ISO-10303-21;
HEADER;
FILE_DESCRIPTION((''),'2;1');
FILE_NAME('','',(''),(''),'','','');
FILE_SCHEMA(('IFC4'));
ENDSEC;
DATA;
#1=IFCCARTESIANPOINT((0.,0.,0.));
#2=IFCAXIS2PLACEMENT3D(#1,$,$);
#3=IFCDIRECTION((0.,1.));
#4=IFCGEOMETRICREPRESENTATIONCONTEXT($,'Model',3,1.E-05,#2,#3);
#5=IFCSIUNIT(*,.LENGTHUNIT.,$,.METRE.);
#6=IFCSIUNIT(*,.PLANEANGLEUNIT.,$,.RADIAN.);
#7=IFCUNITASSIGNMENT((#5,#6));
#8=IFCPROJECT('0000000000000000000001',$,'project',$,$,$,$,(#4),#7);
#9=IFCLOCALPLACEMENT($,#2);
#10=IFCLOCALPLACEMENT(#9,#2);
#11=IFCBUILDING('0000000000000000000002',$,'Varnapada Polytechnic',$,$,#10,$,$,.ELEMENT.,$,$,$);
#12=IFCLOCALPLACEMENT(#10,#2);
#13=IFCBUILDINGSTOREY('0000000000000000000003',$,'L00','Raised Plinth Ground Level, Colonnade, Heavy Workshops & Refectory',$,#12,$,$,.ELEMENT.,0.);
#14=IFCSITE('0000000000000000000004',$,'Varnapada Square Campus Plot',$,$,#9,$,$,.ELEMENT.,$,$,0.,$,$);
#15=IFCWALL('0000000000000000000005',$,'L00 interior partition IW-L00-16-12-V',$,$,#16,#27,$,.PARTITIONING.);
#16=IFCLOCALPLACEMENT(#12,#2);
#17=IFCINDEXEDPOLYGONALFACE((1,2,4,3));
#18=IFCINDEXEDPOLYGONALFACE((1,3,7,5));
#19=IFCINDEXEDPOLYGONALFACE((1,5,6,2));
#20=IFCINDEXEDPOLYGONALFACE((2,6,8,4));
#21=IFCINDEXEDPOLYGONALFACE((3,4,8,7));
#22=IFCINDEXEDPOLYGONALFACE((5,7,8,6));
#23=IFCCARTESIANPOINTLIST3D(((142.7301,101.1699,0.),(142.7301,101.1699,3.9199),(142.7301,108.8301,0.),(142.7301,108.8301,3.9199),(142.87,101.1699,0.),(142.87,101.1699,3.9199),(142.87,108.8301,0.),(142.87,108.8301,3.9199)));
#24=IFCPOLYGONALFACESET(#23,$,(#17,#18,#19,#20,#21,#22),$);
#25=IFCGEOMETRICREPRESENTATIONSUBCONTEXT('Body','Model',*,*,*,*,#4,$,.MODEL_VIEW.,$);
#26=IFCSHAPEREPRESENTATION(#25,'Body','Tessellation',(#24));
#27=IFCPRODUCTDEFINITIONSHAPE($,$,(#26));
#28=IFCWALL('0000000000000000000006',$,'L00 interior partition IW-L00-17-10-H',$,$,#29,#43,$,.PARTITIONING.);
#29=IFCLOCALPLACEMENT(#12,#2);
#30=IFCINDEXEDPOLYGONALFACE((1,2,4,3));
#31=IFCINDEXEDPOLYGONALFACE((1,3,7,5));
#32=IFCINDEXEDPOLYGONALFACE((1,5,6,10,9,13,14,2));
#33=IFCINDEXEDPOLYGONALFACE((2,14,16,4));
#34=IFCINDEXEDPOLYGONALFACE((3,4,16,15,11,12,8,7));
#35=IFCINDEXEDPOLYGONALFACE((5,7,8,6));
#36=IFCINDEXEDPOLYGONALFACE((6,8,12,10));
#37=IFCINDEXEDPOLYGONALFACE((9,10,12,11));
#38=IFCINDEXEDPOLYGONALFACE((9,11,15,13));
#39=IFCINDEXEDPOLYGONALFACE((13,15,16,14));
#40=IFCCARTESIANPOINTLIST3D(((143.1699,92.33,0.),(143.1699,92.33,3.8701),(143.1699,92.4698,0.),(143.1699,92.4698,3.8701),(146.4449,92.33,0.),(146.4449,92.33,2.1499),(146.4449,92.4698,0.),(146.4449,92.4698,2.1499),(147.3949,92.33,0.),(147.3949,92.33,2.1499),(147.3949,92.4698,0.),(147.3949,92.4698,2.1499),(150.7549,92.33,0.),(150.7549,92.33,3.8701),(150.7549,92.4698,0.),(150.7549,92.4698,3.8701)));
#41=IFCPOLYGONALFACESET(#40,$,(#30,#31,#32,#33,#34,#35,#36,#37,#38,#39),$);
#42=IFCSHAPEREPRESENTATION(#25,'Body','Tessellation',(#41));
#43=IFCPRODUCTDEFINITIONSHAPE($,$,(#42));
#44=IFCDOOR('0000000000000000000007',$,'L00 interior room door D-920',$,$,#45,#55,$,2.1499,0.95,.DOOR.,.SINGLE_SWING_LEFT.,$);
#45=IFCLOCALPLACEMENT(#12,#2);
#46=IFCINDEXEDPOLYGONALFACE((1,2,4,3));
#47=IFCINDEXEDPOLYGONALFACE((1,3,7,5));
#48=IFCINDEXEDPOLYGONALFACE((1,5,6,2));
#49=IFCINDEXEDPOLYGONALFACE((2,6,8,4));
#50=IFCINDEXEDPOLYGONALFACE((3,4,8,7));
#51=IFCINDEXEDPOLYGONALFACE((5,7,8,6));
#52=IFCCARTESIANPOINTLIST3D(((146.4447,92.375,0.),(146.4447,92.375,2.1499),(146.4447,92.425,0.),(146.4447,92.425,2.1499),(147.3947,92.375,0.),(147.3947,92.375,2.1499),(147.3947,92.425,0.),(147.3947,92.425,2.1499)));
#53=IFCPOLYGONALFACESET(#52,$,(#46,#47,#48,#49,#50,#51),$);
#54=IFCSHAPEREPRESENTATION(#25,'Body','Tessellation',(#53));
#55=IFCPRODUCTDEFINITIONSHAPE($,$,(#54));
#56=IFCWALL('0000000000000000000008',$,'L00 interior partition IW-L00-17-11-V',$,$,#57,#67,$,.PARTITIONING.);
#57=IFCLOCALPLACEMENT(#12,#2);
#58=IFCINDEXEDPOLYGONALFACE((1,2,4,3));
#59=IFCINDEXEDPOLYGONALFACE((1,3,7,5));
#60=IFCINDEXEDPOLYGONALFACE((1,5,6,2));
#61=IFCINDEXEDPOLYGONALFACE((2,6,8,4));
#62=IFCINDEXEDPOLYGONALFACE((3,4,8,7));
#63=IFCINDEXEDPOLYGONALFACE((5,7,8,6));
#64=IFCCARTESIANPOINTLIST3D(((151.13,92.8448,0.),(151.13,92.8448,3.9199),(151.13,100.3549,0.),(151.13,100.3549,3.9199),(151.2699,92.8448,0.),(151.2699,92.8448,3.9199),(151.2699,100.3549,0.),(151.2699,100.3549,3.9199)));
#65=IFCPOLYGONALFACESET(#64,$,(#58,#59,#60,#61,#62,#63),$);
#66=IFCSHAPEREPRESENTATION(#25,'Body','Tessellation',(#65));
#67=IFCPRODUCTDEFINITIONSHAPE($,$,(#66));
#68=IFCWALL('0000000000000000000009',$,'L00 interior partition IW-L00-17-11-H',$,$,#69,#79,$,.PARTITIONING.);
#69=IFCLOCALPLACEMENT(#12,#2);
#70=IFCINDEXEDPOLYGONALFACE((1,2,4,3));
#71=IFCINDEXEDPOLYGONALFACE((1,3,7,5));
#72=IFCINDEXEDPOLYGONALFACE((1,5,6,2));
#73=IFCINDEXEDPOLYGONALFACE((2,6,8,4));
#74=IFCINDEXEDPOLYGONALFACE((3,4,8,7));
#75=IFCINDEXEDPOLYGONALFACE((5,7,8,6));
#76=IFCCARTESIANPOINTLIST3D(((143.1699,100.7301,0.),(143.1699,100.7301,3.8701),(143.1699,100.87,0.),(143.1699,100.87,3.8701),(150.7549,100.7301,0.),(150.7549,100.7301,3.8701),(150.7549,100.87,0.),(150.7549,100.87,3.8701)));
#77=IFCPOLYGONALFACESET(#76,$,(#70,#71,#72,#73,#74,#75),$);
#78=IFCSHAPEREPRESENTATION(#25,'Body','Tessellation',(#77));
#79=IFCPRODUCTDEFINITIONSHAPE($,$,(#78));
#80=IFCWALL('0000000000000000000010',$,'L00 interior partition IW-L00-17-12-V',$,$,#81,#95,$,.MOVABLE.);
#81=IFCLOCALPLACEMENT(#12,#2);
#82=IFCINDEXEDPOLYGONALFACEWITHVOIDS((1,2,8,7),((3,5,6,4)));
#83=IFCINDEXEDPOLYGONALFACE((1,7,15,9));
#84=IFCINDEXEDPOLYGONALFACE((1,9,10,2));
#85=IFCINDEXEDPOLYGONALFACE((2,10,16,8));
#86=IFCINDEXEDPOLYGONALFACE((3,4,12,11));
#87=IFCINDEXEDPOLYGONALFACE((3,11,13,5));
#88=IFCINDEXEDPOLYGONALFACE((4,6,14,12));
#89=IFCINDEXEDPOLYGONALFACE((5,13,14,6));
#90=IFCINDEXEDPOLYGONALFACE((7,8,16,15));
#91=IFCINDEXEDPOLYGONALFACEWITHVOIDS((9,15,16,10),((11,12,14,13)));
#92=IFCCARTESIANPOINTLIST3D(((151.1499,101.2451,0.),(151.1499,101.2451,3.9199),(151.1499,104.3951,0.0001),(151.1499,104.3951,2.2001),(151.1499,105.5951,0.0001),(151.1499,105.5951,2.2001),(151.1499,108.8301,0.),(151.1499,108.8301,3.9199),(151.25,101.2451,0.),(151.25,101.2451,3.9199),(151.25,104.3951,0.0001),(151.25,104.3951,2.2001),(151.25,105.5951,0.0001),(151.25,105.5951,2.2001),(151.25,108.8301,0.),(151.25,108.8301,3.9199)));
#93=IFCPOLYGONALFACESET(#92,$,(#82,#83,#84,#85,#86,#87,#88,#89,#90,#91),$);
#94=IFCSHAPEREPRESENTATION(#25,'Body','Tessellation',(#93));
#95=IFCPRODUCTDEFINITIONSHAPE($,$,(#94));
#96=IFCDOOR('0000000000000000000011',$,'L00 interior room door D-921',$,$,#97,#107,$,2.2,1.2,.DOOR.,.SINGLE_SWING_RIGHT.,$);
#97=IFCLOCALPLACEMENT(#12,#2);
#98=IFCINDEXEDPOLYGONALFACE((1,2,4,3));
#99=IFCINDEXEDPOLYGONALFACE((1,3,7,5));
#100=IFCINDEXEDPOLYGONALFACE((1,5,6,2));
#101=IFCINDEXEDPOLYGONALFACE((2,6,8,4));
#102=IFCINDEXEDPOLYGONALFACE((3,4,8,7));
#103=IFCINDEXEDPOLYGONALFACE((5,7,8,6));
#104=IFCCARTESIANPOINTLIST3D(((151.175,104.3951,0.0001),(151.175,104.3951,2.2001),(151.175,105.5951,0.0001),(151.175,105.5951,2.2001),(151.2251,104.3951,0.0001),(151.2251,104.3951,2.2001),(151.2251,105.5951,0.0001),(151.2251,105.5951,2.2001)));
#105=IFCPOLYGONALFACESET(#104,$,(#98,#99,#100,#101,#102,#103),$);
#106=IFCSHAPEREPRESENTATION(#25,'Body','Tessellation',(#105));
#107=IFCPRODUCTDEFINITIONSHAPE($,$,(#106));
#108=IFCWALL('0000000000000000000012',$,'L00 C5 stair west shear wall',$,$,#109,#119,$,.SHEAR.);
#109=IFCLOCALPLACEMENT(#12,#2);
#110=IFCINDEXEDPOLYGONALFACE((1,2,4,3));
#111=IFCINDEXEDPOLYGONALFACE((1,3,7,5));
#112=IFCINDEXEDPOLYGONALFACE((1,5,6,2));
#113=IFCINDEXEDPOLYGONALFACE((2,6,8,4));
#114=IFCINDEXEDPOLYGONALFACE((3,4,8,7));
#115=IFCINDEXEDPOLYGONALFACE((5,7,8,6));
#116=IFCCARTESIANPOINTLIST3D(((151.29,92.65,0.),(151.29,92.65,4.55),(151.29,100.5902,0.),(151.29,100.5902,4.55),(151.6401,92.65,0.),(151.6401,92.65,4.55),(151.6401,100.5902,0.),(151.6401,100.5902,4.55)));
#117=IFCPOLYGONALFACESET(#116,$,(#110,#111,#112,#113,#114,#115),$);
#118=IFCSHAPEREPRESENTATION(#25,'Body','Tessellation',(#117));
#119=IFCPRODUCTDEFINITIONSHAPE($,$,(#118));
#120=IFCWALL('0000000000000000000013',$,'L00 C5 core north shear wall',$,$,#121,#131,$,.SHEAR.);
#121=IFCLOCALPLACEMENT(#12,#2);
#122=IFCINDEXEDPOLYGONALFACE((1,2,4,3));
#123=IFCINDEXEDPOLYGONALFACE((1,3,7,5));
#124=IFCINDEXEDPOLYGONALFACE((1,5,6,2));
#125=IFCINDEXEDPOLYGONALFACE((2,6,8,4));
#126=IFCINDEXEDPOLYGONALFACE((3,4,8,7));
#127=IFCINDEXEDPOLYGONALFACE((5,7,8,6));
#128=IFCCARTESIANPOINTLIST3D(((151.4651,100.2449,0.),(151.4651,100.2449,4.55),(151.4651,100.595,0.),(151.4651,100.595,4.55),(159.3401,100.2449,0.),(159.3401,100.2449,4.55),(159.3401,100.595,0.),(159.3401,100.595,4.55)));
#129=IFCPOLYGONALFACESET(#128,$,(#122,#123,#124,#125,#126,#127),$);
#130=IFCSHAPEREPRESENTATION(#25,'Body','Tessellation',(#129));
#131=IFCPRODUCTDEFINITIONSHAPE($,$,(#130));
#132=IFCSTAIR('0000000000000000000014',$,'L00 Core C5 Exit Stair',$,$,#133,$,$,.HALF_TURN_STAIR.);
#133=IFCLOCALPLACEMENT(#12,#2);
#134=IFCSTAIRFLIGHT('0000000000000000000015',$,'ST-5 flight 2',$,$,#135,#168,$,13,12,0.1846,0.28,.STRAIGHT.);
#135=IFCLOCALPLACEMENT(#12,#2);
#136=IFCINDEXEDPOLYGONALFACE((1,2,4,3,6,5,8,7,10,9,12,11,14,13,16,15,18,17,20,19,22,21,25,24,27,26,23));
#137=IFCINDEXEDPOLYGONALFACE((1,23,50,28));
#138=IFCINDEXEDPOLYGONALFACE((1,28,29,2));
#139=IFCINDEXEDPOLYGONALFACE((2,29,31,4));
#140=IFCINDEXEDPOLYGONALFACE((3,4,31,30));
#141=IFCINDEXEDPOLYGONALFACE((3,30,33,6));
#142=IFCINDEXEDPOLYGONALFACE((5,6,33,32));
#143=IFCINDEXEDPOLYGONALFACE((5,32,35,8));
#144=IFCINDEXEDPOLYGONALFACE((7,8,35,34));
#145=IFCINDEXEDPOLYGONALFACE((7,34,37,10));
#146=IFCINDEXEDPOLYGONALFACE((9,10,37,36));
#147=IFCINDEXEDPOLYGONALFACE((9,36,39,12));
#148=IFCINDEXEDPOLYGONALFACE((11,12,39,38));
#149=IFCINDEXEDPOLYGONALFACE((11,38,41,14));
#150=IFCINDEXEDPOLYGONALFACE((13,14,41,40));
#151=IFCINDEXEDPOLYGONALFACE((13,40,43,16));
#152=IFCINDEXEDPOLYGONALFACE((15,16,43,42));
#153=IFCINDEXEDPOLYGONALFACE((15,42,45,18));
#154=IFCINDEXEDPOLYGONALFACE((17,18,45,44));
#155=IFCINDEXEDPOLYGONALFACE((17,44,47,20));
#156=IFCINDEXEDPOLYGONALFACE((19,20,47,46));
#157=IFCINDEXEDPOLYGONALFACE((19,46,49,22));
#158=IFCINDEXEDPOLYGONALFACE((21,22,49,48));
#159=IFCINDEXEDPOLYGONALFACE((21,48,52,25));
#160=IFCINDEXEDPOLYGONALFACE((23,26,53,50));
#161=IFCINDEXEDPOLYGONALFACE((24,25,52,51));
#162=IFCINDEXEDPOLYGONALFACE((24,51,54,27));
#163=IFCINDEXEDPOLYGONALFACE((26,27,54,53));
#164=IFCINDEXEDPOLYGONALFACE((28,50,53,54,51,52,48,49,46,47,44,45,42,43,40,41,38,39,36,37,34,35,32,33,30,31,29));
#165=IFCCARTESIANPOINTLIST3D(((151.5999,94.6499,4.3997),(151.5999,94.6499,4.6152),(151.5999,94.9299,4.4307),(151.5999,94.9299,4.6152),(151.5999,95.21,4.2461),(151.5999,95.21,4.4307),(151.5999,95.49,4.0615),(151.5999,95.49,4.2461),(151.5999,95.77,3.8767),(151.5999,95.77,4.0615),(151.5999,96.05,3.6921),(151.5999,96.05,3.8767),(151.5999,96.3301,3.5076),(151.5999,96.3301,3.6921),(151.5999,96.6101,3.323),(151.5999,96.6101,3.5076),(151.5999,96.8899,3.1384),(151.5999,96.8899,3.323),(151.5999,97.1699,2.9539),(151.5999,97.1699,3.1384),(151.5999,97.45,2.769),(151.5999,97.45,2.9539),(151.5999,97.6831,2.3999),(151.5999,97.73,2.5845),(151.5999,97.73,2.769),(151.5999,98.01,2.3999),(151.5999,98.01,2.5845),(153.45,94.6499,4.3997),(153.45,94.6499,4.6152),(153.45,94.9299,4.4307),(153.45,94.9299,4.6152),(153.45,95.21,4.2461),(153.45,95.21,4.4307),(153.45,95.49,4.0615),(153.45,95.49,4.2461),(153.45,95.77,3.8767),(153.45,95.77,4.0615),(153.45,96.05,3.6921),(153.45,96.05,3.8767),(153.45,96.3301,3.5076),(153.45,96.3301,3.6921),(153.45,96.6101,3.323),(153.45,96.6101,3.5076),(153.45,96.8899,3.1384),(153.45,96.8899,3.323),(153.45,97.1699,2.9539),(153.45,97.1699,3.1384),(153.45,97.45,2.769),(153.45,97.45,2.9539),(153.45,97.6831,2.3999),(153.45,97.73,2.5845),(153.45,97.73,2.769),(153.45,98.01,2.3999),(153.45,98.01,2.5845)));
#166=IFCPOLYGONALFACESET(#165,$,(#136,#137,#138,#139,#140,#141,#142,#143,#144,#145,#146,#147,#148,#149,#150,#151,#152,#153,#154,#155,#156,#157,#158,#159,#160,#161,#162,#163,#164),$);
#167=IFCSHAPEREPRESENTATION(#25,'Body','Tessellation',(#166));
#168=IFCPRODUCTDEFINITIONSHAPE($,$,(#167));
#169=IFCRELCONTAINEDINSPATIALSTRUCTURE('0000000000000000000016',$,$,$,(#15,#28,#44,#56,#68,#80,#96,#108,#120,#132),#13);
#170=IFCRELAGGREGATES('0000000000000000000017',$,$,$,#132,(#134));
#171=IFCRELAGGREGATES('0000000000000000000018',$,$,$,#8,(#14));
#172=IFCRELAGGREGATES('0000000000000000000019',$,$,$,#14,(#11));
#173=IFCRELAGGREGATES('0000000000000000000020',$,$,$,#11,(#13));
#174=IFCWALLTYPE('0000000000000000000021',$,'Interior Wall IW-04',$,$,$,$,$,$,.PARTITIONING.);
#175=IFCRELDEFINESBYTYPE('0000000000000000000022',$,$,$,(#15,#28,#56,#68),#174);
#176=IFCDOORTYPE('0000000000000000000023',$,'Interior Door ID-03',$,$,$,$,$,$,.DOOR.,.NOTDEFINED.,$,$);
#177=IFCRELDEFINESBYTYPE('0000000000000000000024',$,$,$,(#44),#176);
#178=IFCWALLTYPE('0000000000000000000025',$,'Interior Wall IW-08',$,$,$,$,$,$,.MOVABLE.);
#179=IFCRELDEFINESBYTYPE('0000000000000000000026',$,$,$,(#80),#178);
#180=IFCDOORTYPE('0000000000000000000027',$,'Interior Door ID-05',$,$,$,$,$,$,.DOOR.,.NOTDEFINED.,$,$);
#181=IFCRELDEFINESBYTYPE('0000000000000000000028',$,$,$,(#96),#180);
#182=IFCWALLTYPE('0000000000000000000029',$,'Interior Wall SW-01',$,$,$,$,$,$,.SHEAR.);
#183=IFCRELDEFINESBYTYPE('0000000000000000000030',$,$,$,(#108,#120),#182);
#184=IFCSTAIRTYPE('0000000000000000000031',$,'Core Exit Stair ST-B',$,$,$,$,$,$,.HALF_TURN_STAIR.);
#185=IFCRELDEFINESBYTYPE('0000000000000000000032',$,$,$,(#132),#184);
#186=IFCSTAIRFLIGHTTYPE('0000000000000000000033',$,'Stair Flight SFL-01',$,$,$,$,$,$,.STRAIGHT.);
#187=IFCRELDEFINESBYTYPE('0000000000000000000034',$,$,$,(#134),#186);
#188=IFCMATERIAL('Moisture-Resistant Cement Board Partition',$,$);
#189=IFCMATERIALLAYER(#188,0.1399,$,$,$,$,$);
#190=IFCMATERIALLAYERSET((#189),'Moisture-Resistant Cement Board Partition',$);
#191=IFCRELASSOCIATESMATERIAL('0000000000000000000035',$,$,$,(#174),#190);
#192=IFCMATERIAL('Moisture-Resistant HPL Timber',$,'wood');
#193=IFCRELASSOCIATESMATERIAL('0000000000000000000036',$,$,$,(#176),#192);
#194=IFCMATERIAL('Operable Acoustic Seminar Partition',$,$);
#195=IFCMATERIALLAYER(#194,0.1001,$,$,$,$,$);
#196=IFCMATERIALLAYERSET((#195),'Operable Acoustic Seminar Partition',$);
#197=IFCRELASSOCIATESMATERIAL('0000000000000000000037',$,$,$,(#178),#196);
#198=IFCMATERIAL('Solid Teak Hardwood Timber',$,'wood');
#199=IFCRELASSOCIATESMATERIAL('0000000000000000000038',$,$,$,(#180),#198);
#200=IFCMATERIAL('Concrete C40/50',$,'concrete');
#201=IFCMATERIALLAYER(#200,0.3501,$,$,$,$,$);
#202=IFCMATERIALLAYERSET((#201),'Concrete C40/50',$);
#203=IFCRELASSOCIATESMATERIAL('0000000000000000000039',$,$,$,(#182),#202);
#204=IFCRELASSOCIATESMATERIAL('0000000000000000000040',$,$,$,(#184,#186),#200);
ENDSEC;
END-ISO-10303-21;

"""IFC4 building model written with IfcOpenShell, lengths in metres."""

from ifc_helpers import new_model, si_unit, direction, frame, frame_2d, origin, place, context, subcontext, project, spatial, polyline, rectangle, outline, extrude, material, layer, layer_set, type_object, element, fill, aggregate, save


model = new_model("IFC4")

# Units and contexts
model_context = context("Model", 3, precision=1e-05, world=origin(), true_north=direction((0.0, 1.0)))
body_context = subcontext(model_context, "Body", "Model", "MODEL_VIEW")
ifc_project = project(units=[si_unit("LENGTHUNIT", "METRE"), si_unit("PLANEANGLEUNIT", "RADIAN")], contexts=[model_context])

# Site, building, storey
site_placement = place(None, origin())
site = spatial("IfcSite", under=ifc_project, at=site_placement, Name="Varnapada Square Campus Plot", CompositionType="ELEMENT", RefElevation=0.0)
building_placement = place(site_placement, origin())
building = spatial("IfcBuilding", under=site, at=building_placement, Name="Varnapada Polytechnic", CompositionType="ELEMENT")
storey_placement = place(building_placement, origin())
storey = spatial("IfcBuildingStorey", under=building, at=storey_placement, Name="L00", Description="Raised Plinth Ground Level, Colonnade, Heavy Workshops & Refectory", CompositionType="ELEMENT", Elevation=0.0)

# Shared definitions
ifc_material_1 = material(Name="Concrete C40/50", Category="concrete")

# Wall
ifc_material_2 = material(Name="Moisture-Resistant Cement Board Partition")
ifc_layer_1 = layer(ifc_material_2, 0.1399)
ifc_layer_set_1 = layer_set([ifc_layer_1], Name="Moisture-Resistant Cement Board Partition")
wall_type_1 = type_object("IfcWallType", Name="Interior Wall IW-04", PredefinedType="PARTITIONING", material=ifc_layer_set_1)
wall_1_placement = place(storey_placement, frame((142.8, 101.1699, 0.0), z_axis=(0.0, 0.0, 1.0), x_axis=(0.0, 1.0, 0.0)))
element("IfcWall", 1, at=wall_1_placement, inside=storey, type_object=wall_type_1, Name="L00 interior partition IW-L00-16-12-V", PredefinedType="PARTITIONING", context=body_context, shape_type="SweptSolid", body=[
    extrude(rectangle(XDim=7.6602, YDim=0.1399, at=frame_2d((3.8301, 0.0))), origin(), (0.0, 0.0, 1.0), 3.9199),
])

# Wall, opening, door
wall_2_placement = place(storey_placement, frame((143.1699, 92.3999, 0.0), z_axis=(0.0, 0.0, 1.0), x_axis=(1.0, 0.0, 0.0)))
wall_2 = element("IfcWall", 2, at=wall_2_placement, inside=storey, type_object=wall_type_1, Name="L00 interior partition IW-L00-17-10-H", PredefinedType="PARTITIONING", context=body_context, shape_type="SweptSolid", body=[
    extrude(rectangle(XDim=7.585, YDim=0.1399, at=frame_2d((3.7925, 0.0))), origin(), (0.0, 0.0, 1.0), 3.8701),
])
opening_1_placement = place(wall_2_placement, frame((3.2749, 0.0, 0.0)))
opening_1 = element("IfcOpeningElement", 3, at=opening_1_placement, cuts=wall_2, PredefinedType="OPENING", context=body_context, shape_type="SweptSolid", body=[
    extrude(rectangle(XDim=0.95, YDim=2.1499, at=frame_2d((0.4751, 1.075))), frame((0.0, 0.0798, 0.0), z_axis=(0.0, -1.0, 0.0), x_axis=(1.0, 0.0, 0.0)), (0.0, 0.0, 1.0), 0.1599),
])
ifc_material_3 = material(Name="Moisture-Resistant HPL Timber", Category="wood")
door_type_1 = type_object("IfcDoorType", Name="Interior Door ID-03", OperationType="NOTDEFINED", PredefinedType="DOOR", material=ifc_material_3)
door_1_placement = place(opening_1_placement, frame((0.95, 0.0, 0.0), z_axis=(0.0, 0.0, 1.0), x_axis=(-1.0, 0.0, 0.0)))
door_1 = element("IfcDoor", 4, at=door_1_placement, inside=storey, type_object=door_type_1, Name="L00 interior room door D-920", OperationType="SINGLE_SWING_LEFT", OverallHeight=2.1499, OverallWidth=0.95, PredefinedType="DOOR", context=body_context, shape_type="SweptSolid", body=[
    extrude(rectangle(XDim=0.95, YDim=2.1499, at=frame_2d((0.4751, 1.075))), frame((0.0, 0.0249, 0.0), z_axis=(0.0, -1.0, 0.0), x_axis=(1.0, 0.0, 0.0)), (0.0, 0.0, 1.0), 0.05),
])
fill(opening_1, door_1)

# Walls
wall_3_placement = place(storey_placement, frame((151.2, 92.845, 0.0), z_axis=(0.0, 0.0, 1.0), x_axis=(0.0, 1.0, 0.0)))
element("IfcWall", 5, at=wall_3_placement, inside=storey, type_object=wall_type_1, Name="L00 interior partition IW-L00-17-11-V", PredefinedType="PARTITIONING", context=body_context, shape_type="SweptSolid", body=[
    extrude(rectangle(XDim=7.51, YDim=0.1399, at=frame_2d((3.7549, 0.0))), origin(), (0.0, 0.0, 1.0), 3.9199),
])
wall_4_placement = place(storey_placement, frame((143.1699, 100.8, 0.0), z_axis=(0.0, 0.0, 1.0), x_axis=(1.0, 0.0, 0.0)))
element("IfcWall", 6, at=wall_4_placement, inside=storey, type_object=wall_type_1, Name="L00 interior partition IW-L00-17-11-H", PredefinedType="PARTITIONING", context=body_context, shape_type="SweptSolid", body=[
    extrude(rectangle(XDim=7.585, YDim=0.1399, at=frame_2d((3.7925, 0.0))), origin(), (0.0, 0.0, 1.0), 3.8701),
])

# Wall, opening, door
ifc_material_4 = material(Name="Operable Acoustic Seminar Partition")
ifc_layer_2 = layer(ifc_material_4, 0.1001)
ifc_layer_set_2 = layer_set([ifc_layer_2], Name="Operable Acoustic Seminar Partition")
wall_type_2 = type_object("IfcWallType", Name="Interior Wall IW-08", PredefinedType="MOVABLE", material=ifc_layer_set_2)
wall_5_placement = place(storey_placement, frame((151.2, 101.2451, 0.0), z_axis=(0.0, 0.0, 1.0), x_axis=(0.0, 1.0, 0.0)))
wall_5 = element("IfcWall", 7, at=wall_5_placement, inside=storey, type_object=wall_type_2, Name="L00 interior partition IW-L00-17-12-V", PredefinedType="MOVABLE", context=body_context, shape_type="SweptSolid", body=[
    extrude(rectangle(XDim=7.585, YDim=0.1001, at=frame_2d((3.7925, 0.0))), origin(), (0.0, 0.0, 1.0), 3.9199),
])
opening_2_placement = place(wall_5_placement, frame((3.1499, 0.0, 0.0)))
opening_2 = element("IfcOpeningElement", 8, at=opening_2_placement, cuts=wall_5, PredefinedType="OPENING", context=body_context, shape_type="SweptSolid", body=[
    extrude(rectangle(XDim=1.2, YDim=2.2, at=frame_2d((0.6001, 1.1001))), frame((0.0, 0.0601, 0.0), z_axis=(0.0, -1.0, 0.0), x_axis=(1.0, 0.0, 0.0)), (0.0, 0.0, 1.0), 0.1201),
])
ifc_material_5 = material(Name="Solid Teak Hardwood Timber", Category="wood")
door_type_2 = type_object("IfcDoorType", Name="Interior Door ID-05", OperationType="NOTDEFINED", PredefinedType="DOOR", material=ifc_material_5)
door_2_placement = place(opening_2_placement, origin())
door_2 = element("IfcDoor", 9, at=door_2_placement, inside=storey, type_object=door_type_2, Name="L00 interior room door D-921", OperationType="SINGLE_SWING_RIGHT", OverallHeight=2.2, OverallWidth=1.2, PredefinedType="DOOR", context=body_context, shape_type="SweptSolid", body=[
    extrude(rectangle(XDim=1.2, YDim=2.2, at=frame_2d((0.6001, 1.1001))), frame((0.0, 0.0249, 0.0), z_axis=(0.0, -1.0, 0.0), x_axis=(1.0, 0.0, 0.0)), (0.0, 0.0, 1.0), 0.05),
])
fill(opening_2, door_2)

# Walls
ifc_layer_3 = layer(ifc_material_1, 0.3501)
ifc_layer_set_3 = layer_set([ifc_layer_3], Name="Concrete C40/50")
wall_type_3 = type_object("IfcWallType", Name="Interior Wall SW-01", PredefinedType="SHEAR", material=ifc_layer_set_3)
wall_6_placement = place(storey_placement, frame((151.4651, 92.6499, 0.0), z_axis=(0.0, 0.0, 1.0), x_axis=(0.0, 1.0, 0.0)))
element("IfcWall", 10, at=wall_6_placement, inside=storey, type_object=wall_type_3, Name="L00 C5 stair west shear wall", PredefinedType="SHEAR", context=body_context, shape_type="SweptSolid", body=[
    extrude(rectangle(XDim=7.9402, YDim=0.3501, at=frame_2d((3.9702, 0.0))), origin(), (0.0, 0.0, 1.0), 4.55),
])
wall_7_placement = place(storey_placement, frame((151.4651, 100.4199, 0.0), z_axis=(0.0, 0.0, 1.0), x_axis=(1.0, 0.0, 0.0)))
element("IfcWall", 11, at=wall_7_placement, inside=storey, type_object=wall_type_3, Name="L00 C5 core north shear wall", PredefinedType="SHEAR", context=body_context, shape_type="SweptSolid", body=[
    extrude(rectangle(XDim=7.875, YDim=0.3501, at=frame_2d((3.9375, 0.0))), origin(), (0.0, 0.0, 1.0), 4.55),
])

# Stair, stair flight
stair_type = type_object("IfcStairType", Name="Core Exit Stair ST-B", PredefinedType="HALF_TURN_STAIR", material=ifc_material_1)
stair_placement = place(storey_placement, origin())
stair = element("IfcStair", 12, at=stair_placement, inside=storey, type_object=stair_type, Name="L00 Core C5 Exit Stair", PredefinedType="HALF_TURN_STAIR")
stair_flight_type = type_object("IfcStairFlightType", Name="Stair Flight SFL-01", PredefinedType="STRAIGHT", material=ifc_material_1)
stair_flight_placement = place(storey_placement, frame((152.5249, 98.01, 2.3999), z_axis=(0.0, 0.0, 1.0), x_axis=(0.0, -1.0, 0.0)))
stair_flight = element("IfcStairFlight", 13, at=stair_flight_placement, type_object=stair_flight_type, Name="ST-5 flight 2", NumberOfRisers=13, NumberOfTreads=12, PredefinedType="STRAIGHT", RiserHeight=0.1846, TreadLength=0.28, context=body_context, shape_type="SweptSolid", body=[
    extrude(outline(polyline([(0.0, 0.0), (0.0, 0.1846), (0.28, 0.1846), (0.28, 0.3691), (0.5601, 0.3691), (0.5601, 0.554), (0.8401, 0.554), (0.8401, 0.7385), (1.1201, 0.7385), (1.1201, 0.9231), (1.3999, 0.9231), (1.3999, 1.1077), (1.6799, 1.1077), (1.6799, 1.2922), (1.96, 1.2922), (1.96, 1.4768), (2.24, 1.4768), (2.24, 1.6616), (2.52, 1.6616), (2.52, 1.8462), (2.8, 1.8462), (2.8, 2.0308), (3.0801, 2.0308), (3.0801, 2.2153), (3.3601, 2.2153), (3.3601, 2.3999), (3.3601, 1.9998), (0.3269, 0.0), (0.0, 0.0)])), frame((0.0, 0.925, 0.0), z_axis=(0.0, -1.0, 0.0), x_axis=(1.0, 0.0, 0.0)), (0.0, 0.0, 1.0), 1.8501),
])
aggregate(stair, [stair_flight])

save(model, "model.ifc")
